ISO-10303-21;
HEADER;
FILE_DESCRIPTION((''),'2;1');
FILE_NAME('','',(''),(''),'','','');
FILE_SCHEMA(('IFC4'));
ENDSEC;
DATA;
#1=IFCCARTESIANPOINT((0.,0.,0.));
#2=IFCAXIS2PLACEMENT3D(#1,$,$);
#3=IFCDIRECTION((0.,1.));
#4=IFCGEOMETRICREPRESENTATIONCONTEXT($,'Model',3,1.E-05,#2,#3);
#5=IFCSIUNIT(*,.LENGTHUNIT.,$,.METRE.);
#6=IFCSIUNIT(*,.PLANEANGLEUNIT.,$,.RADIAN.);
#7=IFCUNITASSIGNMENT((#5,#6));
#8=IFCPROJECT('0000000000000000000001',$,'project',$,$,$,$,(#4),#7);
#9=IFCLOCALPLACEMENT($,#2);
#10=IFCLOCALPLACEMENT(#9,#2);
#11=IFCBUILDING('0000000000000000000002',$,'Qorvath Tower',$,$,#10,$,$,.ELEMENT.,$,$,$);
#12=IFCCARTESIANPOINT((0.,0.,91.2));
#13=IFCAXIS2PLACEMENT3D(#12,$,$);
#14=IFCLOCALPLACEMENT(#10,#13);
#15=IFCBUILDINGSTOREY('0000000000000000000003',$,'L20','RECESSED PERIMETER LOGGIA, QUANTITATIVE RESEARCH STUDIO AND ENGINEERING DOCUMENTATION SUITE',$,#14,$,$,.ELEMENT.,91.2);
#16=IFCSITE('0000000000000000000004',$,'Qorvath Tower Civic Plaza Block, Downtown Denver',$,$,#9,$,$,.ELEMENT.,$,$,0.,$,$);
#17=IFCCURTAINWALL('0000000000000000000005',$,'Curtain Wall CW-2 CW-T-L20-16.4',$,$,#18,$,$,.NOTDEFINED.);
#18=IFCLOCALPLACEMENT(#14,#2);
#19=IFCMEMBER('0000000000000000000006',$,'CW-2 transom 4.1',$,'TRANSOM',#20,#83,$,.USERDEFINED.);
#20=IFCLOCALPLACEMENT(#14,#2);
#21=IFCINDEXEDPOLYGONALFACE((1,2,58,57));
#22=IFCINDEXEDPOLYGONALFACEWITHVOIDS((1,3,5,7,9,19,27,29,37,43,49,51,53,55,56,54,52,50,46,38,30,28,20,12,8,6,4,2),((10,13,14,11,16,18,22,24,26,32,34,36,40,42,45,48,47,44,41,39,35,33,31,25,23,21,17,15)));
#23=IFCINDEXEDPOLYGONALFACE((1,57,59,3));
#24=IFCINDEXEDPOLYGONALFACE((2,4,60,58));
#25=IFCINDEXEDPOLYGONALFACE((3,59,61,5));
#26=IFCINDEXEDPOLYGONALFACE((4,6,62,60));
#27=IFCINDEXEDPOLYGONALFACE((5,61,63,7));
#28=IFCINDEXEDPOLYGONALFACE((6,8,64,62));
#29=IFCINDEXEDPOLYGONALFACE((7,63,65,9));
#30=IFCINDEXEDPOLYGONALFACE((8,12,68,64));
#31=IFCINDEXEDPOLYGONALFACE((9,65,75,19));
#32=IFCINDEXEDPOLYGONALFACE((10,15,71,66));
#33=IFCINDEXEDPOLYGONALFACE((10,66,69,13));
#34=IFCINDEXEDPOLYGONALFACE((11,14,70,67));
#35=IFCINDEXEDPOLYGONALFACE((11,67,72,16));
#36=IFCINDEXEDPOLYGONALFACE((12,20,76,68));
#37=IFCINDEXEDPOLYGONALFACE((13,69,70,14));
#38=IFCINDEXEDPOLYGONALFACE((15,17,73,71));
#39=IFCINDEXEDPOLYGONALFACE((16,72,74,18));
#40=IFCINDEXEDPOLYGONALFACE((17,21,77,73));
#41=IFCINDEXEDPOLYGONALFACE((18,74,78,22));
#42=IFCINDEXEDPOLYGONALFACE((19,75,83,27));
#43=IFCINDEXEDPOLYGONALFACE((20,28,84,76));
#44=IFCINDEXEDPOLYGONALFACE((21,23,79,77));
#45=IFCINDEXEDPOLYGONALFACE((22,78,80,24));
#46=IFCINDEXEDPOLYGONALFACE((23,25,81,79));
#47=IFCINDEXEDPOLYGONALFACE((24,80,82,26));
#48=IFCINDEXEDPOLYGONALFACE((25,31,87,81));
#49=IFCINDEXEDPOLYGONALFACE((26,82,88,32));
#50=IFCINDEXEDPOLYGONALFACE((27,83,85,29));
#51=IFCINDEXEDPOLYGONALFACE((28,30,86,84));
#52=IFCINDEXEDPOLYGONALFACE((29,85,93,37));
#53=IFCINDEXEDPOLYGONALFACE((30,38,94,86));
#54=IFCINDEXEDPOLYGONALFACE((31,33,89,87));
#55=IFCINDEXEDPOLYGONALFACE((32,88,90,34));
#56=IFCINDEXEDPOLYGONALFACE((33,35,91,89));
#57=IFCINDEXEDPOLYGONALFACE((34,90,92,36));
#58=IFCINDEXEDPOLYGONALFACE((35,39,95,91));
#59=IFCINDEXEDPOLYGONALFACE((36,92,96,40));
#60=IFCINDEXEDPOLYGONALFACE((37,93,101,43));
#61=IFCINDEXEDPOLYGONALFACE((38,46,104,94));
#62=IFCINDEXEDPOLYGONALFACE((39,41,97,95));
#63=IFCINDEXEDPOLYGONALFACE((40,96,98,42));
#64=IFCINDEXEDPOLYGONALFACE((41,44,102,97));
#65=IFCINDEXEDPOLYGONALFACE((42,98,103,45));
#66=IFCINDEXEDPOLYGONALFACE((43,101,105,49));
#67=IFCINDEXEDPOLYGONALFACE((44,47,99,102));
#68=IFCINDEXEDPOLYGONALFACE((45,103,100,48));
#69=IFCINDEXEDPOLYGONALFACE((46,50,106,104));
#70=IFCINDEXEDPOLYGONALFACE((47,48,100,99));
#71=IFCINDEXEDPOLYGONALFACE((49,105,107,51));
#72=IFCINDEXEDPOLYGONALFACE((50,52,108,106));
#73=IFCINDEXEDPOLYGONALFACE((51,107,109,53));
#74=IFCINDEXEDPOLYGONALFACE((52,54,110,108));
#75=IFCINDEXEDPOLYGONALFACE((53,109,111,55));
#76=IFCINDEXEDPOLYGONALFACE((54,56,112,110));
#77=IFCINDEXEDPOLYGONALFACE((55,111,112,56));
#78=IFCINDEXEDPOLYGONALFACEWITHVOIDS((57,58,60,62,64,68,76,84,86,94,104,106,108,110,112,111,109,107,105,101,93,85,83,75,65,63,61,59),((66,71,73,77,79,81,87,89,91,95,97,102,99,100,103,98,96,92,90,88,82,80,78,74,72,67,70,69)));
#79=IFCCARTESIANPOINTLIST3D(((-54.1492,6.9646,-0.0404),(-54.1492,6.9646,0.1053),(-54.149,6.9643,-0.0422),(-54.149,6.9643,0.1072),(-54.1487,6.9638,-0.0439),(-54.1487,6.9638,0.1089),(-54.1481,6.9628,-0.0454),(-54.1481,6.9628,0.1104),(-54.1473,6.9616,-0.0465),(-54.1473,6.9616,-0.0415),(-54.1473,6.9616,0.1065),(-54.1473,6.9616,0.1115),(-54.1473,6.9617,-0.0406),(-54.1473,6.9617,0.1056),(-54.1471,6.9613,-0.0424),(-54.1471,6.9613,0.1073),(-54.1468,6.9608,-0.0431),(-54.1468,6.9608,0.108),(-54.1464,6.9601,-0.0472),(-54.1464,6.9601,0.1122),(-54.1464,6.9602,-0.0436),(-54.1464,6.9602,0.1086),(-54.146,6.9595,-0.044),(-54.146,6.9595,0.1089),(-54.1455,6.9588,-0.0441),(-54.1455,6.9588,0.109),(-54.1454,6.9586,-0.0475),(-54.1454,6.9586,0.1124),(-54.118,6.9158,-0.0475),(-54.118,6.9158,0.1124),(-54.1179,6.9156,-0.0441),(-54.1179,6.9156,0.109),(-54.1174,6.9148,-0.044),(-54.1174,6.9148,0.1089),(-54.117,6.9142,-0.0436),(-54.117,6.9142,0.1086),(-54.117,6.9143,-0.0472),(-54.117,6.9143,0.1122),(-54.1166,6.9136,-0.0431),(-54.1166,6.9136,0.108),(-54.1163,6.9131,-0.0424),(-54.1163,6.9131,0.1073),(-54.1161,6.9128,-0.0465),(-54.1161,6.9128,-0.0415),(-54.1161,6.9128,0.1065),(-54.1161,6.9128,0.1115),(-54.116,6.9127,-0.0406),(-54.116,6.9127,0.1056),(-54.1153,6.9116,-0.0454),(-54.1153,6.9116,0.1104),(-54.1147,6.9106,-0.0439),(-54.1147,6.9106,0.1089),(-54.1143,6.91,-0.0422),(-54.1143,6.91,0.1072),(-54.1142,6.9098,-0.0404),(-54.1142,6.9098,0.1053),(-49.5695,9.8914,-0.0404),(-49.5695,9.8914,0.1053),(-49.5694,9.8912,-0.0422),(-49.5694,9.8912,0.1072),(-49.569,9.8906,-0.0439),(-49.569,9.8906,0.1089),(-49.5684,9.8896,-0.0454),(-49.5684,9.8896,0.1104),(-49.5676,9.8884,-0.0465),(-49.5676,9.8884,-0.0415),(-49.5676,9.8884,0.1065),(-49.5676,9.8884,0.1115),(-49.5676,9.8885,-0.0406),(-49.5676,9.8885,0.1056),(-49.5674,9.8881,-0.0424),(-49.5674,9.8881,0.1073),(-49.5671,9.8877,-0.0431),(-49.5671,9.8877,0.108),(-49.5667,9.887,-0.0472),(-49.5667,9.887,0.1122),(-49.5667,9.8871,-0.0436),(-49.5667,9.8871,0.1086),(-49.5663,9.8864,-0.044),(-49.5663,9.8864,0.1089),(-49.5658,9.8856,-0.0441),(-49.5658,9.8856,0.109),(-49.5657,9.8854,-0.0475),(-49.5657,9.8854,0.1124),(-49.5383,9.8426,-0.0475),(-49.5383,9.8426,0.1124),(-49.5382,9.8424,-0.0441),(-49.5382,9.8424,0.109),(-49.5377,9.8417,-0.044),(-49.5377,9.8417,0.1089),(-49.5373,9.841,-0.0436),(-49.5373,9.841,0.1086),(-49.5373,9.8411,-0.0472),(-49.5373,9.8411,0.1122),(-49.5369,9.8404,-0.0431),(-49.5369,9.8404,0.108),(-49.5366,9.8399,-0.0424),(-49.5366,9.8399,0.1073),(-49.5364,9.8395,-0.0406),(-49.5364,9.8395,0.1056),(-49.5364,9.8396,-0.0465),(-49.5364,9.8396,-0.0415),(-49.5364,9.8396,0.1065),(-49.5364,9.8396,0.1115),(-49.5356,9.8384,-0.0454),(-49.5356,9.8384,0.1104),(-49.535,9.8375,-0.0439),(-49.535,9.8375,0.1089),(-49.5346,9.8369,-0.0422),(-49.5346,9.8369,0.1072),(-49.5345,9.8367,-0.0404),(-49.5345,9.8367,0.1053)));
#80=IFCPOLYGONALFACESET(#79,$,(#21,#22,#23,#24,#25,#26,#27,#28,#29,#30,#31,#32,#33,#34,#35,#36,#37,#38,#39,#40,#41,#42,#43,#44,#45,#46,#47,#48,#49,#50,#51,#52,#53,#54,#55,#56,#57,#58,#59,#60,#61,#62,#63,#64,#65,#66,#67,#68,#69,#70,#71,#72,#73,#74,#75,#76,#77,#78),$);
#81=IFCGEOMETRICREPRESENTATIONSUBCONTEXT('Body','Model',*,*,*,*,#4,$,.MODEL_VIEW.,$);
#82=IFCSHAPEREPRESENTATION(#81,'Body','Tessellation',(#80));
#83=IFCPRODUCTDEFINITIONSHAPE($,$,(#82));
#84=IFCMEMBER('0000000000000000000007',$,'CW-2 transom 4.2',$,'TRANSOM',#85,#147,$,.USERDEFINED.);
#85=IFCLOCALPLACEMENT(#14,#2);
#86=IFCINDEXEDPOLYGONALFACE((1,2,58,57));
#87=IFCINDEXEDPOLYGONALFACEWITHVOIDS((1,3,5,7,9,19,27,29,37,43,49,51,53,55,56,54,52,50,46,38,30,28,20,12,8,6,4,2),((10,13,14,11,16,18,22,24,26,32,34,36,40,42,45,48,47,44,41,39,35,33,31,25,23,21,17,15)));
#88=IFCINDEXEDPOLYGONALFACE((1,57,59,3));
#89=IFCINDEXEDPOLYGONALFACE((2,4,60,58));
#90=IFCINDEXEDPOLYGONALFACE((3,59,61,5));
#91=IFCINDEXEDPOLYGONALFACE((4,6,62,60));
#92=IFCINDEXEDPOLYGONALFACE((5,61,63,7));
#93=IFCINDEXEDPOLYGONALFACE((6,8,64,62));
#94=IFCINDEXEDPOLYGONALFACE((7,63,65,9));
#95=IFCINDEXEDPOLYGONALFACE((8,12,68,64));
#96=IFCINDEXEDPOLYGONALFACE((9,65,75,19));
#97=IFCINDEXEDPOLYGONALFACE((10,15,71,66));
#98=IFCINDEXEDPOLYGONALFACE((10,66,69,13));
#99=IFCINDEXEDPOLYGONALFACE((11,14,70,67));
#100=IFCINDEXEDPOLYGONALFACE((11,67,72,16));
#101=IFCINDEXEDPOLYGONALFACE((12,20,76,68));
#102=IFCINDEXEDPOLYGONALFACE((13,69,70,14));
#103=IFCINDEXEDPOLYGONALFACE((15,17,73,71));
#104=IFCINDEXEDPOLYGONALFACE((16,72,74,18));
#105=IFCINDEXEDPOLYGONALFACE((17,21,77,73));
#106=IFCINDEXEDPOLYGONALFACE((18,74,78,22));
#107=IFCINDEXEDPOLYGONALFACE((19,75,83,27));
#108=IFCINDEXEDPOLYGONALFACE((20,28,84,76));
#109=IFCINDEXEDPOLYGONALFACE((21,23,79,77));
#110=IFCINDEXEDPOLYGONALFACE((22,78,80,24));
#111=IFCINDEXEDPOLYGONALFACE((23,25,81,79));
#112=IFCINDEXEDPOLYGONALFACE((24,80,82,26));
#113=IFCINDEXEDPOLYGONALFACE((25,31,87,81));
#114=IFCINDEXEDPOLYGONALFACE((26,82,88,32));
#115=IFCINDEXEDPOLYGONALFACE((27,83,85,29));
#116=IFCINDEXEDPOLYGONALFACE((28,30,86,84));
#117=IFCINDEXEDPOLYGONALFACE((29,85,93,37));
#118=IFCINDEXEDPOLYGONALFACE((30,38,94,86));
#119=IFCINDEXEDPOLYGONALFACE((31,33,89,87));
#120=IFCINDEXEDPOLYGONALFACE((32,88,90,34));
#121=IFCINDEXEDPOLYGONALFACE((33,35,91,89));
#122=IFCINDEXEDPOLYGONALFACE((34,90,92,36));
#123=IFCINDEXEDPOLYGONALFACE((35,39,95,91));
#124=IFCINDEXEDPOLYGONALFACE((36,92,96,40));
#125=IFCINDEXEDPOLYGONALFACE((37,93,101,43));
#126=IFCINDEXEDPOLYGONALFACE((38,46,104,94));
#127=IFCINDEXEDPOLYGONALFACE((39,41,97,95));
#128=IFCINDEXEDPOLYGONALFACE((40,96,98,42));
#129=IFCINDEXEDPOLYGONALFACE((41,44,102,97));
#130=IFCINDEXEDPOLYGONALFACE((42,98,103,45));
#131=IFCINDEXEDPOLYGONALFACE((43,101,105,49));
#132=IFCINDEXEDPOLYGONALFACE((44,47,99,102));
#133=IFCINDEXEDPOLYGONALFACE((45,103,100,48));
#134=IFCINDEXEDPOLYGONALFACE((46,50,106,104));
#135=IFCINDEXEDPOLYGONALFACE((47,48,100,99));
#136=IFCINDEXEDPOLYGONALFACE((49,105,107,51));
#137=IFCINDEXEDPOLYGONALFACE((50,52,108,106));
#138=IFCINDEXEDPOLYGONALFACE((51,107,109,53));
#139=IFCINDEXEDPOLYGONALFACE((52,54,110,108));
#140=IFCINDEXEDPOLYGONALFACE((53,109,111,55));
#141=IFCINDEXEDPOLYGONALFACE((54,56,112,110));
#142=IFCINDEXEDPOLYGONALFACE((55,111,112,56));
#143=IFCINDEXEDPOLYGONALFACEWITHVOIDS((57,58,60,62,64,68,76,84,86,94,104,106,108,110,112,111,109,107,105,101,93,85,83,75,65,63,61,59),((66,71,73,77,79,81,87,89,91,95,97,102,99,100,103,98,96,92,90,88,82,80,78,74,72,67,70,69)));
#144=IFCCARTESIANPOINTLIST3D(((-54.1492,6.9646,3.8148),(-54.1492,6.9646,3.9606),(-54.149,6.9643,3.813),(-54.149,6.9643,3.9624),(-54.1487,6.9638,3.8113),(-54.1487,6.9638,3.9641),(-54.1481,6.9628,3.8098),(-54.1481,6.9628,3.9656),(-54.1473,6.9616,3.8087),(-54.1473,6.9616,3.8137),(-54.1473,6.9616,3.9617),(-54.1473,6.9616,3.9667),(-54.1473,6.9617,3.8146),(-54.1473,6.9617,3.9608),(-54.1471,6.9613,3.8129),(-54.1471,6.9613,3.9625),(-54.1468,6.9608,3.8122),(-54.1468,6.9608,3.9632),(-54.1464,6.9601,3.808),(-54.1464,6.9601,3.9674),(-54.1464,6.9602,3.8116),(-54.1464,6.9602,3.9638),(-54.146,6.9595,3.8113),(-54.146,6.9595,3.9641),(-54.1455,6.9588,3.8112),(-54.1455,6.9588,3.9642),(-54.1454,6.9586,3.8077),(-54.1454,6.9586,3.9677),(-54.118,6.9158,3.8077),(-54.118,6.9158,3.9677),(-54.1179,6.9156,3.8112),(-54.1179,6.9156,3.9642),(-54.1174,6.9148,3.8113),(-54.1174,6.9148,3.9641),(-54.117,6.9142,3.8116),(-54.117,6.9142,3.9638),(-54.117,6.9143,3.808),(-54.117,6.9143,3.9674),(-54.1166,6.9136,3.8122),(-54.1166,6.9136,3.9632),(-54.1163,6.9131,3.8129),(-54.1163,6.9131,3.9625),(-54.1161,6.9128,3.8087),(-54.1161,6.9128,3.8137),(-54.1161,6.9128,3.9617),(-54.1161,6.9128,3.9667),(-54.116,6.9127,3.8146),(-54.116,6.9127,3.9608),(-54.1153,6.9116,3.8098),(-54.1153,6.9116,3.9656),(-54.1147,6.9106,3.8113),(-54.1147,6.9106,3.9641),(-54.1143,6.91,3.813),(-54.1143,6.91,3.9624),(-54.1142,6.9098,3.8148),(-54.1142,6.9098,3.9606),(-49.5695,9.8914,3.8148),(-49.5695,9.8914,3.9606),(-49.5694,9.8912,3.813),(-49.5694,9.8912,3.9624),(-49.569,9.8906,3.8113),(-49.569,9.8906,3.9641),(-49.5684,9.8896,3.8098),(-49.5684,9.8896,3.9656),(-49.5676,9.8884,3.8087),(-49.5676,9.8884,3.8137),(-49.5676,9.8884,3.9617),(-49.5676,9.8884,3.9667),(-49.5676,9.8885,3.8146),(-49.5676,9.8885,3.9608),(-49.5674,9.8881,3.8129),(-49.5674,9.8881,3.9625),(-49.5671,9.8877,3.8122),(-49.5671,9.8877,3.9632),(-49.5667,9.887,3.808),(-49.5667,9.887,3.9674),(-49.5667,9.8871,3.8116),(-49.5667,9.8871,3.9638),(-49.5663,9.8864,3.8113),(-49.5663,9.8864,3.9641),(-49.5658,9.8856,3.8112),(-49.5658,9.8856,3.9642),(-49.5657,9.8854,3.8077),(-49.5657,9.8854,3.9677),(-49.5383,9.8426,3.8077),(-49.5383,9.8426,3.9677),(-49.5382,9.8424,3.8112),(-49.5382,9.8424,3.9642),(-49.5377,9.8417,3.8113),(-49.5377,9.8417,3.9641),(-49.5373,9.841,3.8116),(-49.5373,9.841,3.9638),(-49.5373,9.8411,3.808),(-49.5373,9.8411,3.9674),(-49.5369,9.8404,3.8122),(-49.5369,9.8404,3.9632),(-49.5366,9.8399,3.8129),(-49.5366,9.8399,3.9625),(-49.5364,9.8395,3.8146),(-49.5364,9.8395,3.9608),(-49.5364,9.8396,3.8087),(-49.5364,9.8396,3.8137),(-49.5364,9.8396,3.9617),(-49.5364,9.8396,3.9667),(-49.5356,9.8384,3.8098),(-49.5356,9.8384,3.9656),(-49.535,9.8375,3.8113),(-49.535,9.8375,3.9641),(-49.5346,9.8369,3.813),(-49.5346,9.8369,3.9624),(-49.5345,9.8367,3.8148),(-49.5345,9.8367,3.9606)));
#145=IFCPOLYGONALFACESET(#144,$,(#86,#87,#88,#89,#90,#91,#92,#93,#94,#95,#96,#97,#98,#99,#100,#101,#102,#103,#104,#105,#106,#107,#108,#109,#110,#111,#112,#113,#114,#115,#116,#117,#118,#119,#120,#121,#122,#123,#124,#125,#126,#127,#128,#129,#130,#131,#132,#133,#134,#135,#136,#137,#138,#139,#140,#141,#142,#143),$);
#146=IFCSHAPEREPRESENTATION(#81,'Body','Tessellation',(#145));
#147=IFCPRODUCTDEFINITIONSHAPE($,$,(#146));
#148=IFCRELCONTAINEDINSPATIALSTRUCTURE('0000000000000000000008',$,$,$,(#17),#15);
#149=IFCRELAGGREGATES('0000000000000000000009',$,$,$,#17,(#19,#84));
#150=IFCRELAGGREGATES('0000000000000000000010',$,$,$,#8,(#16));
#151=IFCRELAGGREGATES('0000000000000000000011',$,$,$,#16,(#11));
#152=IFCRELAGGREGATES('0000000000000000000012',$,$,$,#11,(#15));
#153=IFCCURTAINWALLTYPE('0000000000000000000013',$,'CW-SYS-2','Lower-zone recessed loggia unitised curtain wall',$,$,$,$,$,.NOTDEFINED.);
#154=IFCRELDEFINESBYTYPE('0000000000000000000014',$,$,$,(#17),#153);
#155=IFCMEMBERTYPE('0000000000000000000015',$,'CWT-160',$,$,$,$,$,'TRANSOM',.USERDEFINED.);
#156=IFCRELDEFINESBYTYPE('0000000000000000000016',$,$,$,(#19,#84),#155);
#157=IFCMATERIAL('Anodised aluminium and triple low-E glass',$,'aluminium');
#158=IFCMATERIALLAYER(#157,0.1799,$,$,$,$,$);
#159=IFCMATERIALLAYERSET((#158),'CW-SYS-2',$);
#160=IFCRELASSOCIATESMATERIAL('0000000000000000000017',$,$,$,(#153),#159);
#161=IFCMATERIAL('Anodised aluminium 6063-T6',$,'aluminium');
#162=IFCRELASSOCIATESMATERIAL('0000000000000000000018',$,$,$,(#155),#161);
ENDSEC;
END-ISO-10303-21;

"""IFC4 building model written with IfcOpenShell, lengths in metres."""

from ifc_helpers import new_model, si_unit, direction, frame, origin, origin_2d, place, context, subcontext, project, spatial, hollow_rectangle, extrude, material, layer, layer_set, material_profile, profile_set, type_object, element, aggregate, save


model = new_model("IFC4")

# Units and contexts
model_context = context("Model", 3, precision=1e-05, world=origin(), true_north=direction((0.0, 1.0)))
body_context = subcontext(model_context, "Body", "Model", "MODEL_VIEW")
ifc_project = project(units=[si_unit("LENGTHUNIT", "METRE"), si_unit("PLANEANGLEUNIT", "RADIAN")], contexts=[model_context])

# Site, building, storey
site_placement = place(None, origin())
site = spatial("IfcSite", under=ifc_project, at=site_placement, Name="Qorvath Tower Civic Plaza Block, Downtown Denver", CompositionType="ELEMENT", RefElevation=0.0)
building_placement = place(site_placement, origin())
building = spatial("IfcBuilding", under=site, at=building_placement, Name="Qorvath Tower", CompositionType="ELEMENT")
storey_placement = place(building_placement, frame((0.0, 0.0, 91.2)))
storey = spatial("IfcBuildingStorey", under=building, at=storey_placement, Name="L20", Description="RECESSED PERIMETER LOGGIA, QUANTITATIVE RESEARCH STUDIO AND ENGINEERING DOCUMENTATION SUITE", CompositionType="ELEMENT", Elevation=91.2)

# Curtain wall, members
ifc_material_1 = material(Name="Anodised aluminium and triple low-E glass", Category="aluminium")
ifc_layer_1 = layer(ifc_material_1, 0.1799)
ifc_layer_set_1 = layer_set([ifc_layer_1], Name="CW-SYS-2")
curtain_wall_type = type_object("IfcCurtainWallType", Name="CW-SYS-2", Description="Lower-zone recessed loggia unitised curtain wall", PredefinedType="NOTDEFINED", material=ifc_layer_set_1)
curtain_wall_placement = place(storey_placement, origin())
curtain_wall = element("IfcCurtainWall", 1, at=curtain_wall_placement, inside=storey, type_object=curtain_wall_type, Name="Curtain Wall CW-2 CW-T-L20-16.4", PredefinedType="NOTDEFINED")
ifc_material_2 = material(Name="Anodised aluminium 6063-T6", Category="aluminium")
ifc_material_profile_1 = material_profile(ifc_material_2, hollow_rectangle(XDim=0.0649, YDim=0.1599, WallThickness=0.0034, InnerFilletRadius=0.0034, OuterFilletRadius=0.0071, at=origin_2d()), Name="CWT 160x65")
ifc_profile_set_1 = profile_set([ifc_material_profile_1], Name="Anodised aluminium 6063-T6")
member_type_1 = type_object("IfcMemberType", Name="CWT-160", ElementType="TRANSOM", PredefinedType="USERDEFINED", material=ifc_profile_set_1)
member_1_placement = place(storey_placement, frame((-49.552, 9.864, 0.0325), z_axis=(-0.84262, -0.538508, 0.0), x_axis=(0.538508, -0.84262, 0.0)))
member_1 = element("IfcMember", 2, at=member_1_placement, type_object=member_type_1, Name="CW-2 transom 4.1", ObjectType="TRANSOM", PredefinedType="USERDEFINED", context=body_context, shape_type="SweptSolid", body=[
    extrude(hollow_rectangle(XDim=0.0649, YDim=0.1599, WallThickness=0.0034, InnerFilletRadius=0.0034, OuterFilletRadius=0.0071, at=origin_2d()), origin(), (0.0, 0.0, 1.0), 5.4351),
])
member_2_placement = place(storey_placement, frame((-49.552, 9.864, 3.8877), z_axis=(-0.84262, -0.538508, 0.0), x_axis=(0.538508, -0.84262, 0.0)))
member_2 = element("IfcMember", 3, at=member_2_placement, type_object=member_type_1, Name="CW-2 transom 4.2", ObjectType="TRANSOM", PredefinedType="USERDEFINED", context=body_context, shape_type="SweptSolid", body=[
    extrude(hollow_rectangle(XDim=0.0649, YDim=0.1599, WallThickness=0.0034, InnerFilletRadius=0.0034, OuterFilletRadius=0.0071, at=origin_2d()), origin(), (0.0, 0.0, 1.0), 5.4351),
])
aggregate(curtain_wall, [member_1, member_2])

save(model, "model.ifc")
